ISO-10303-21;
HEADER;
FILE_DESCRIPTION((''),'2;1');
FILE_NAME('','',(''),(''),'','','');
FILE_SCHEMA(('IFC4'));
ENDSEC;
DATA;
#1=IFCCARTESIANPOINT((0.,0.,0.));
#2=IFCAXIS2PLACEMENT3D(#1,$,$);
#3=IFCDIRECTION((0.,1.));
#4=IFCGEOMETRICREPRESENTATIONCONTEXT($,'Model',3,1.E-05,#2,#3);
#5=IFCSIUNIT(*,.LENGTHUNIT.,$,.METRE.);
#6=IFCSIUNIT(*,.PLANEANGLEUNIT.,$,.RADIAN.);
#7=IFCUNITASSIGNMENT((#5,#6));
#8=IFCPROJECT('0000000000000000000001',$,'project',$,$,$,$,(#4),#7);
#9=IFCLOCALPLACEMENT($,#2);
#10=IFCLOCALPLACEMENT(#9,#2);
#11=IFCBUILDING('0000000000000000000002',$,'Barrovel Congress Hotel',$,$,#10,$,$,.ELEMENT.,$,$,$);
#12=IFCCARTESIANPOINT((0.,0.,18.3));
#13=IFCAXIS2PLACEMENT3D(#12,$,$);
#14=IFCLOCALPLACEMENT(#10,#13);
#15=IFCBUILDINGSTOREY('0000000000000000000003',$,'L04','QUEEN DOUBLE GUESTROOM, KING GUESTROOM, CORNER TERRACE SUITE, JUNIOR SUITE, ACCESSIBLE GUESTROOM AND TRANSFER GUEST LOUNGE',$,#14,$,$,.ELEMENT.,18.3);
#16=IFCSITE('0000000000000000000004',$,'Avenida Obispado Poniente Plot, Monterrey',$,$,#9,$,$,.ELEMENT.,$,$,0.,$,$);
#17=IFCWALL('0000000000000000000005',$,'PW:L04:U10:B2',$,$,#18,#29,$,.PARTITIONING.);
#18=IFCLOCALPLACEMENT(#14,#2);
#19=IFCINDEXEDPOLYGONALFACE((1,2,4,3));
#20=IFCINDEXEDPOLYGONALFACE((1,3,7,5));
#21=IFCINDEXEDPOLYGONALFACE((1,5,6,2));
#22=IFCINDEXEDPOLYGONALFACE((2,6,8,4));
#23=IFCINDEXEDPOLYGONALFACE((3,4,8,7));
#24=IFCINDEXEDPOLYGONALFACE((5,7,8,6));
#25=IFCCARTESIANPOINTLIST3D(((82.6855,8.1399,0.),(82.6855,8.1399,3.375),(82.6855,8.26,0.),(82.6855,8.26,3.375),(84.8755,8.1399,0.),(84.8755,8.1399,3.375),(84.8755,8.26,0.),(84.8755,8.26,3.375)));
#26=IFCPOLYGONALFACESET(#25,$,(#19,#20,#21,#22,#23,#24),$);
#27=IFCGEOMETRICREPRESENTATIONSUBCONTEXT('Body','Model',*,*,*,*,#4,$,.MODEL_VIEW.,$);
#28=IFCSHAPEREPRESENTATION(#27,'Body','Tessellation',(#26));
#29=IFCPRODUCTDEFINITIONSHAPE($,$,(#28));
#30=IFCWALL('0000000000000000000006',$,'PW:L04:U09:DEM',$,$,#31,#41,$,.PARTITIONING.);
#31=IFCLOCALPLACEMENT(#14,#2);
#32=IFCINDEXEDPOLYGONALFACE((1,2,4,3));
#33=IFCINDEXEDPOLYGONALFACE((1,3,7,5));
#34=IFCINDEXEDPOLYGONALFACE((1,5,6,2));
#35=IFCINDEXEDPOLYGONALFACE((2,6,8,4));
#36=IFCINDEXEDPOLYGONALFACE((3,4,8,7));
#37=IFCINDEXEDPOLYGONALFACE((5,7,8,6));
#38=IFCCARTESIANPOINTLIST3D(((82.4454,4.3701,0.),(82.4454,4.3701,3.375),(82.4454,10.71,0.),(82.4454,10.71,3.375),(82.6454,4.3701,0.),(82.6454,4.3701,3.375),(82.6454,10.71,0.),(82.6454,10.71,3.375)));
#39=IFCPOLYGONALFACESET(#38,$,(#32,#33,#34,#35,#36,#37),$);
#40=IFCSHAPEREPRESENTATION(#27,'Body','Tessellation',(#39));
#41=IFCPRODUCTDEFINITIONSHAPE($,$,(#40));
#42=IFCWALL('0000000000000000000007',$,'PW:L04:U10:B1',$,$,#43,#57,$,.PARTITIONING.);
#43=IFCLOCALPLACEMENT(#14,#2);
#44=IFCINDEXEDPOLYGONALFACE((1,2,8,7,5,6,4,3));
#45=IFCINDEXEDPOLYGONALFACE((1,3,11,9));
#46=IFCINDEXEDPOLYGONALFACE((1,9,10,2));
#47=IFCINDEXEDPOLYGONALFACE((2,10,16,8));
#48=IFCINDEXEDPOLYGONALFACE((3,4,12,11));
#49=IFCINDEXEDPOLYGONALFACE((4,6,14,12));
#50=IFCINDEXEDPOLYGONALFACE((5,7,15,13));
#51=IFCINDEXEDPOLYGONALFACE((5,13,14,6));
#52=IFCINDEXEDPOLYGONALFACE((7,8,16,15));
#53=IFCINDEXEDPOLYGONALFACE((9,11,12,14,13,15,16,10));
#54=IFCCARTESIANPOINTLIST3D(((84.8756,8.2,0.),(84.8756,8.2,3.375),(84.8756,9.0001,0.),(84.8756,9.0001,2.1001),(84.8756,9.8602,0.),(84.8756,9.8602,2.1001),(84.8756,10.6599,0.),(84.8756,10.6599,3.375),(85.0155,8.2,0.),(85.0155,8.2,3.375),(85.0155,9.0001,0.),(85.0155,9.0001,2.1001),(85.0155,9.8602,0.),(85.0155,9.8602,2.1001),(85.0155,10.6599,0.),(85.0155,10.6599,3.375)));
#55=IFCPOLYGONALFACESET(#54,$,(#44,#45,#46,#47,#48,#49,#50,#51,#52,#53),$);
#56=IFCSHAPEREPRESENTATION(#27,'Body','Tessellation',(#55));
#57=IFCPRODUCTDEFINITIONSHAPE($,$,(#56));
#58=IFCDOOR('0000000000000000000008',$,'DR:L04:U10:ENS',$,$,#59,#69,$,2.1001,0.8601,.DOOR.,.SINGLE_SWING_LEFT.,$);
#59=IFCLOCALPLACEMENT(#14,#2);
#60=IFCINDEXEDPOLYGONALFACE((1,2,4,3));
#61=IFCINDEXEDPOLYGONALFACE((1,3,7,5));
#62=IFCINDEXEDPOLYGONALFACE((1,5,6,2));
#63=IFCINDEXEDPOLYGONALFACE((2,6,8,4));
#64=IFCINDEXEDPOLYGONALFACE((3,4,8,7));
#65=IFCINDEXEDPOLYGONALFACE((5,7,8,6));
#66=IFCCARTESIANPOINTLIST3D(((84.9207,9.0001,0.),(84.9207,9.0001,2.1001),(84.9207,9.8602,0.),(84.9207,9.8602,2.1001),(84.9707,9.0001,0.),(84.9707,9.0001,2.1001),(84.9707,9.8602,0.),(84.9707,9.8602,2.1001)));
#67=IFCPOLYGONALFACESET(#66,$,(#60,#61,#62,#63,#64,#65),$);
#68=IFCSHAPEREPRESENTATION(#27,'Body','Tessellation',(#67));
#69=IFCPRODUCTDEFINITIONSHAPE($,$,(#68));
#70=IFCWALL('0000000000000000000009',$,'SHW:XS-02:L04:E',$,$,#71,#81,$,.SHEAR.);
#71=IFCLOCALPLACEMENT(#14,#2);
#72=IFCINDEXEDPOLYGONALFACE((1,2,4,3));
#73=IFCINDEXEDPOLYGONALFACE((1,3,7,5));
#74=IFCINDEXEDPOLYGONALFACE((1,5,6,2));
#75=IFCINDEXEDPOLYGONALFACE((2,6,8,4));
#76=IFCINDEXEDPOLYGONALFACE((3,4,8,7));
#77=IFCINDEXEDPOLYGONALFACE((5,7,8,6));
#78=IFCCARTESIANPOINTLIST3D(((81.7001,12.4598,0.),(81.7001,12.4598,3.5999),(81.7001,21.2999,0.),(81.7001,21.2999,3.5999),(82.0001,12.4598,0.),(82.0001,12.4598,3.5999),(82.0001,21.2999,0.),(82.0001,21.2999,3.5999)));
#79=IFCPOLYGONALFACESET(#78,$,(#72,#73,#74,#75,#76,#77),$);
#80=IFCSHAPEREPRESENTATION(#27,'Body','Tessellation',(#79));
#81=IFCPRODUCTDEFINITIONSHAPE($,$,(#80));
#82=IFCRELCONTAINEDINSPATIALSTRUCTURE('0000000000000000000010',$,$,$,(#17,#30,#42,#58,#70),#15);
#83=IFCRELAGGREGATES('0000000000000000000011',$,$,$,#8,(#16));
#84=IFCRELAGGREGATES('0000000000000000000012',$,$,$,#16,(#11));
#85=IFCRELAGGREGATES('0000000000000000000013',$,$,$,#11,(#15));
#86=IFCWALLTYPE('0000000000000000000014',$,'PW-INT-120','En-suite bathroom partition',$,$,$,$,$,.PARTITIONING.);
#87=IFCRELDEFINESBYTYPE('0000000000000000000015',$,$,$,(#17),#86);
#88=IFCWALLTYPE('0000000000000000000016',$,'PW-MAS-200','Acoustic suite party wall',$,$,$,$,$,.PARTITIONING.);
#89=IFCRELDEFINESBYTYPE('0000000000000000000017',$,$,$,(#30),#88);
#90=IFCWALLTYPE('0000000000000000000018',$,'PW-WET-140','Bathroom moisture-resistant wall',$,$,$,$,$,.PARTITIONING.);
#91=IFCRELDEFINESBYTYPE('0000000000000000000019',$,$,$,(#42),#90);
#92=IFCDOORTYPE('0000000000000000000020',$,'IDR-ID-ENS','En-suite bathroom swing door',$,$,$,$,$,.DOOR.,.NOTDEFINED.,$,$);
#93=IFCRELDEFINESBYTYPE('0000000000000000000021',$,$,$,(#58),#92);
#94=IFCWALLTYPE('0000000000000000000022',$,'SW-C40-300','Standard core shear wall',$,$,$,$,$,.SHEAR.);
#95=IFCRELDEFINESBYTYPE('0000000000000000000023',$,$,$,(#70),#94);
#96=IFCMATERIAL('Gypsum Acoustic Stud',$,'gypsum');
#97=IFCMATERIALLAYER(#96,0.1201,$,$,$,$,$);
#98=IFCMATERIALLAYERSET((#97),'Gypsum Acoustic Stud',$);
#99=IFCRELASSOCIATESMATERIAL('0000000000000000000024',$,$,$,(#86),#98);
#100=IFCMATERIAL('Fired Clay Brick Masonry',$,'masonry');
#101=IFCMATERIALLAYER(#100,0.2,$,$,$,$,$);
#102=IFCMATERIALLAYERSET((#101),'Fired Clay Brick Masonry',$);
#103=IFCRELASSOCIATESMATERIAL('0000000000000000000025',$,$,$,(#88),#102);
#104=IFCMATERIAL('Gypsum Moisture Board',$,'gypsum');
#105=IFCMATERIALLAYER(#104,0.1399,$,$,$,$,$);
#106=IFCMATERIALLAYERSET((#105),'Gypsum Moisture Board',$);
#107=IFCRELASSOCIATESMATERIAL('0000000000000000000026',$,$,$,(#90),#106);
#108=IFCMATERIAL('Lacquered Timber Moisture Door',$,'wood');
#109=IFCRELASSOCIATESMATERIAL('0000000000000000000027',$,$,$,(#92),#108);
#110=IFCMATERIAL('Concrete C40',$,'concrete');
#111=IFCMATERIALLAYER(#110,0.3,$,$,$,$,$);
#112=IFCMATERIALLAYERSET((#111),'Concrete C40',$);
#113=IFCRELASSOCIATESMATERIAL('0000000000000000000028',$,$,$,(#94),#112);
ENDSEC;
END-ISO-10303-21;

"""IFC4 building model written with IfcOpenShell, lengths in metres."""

from ifc_helpers import new_model, si_unit, direction, frame, frame_2d, origin, place, context, subcontext, project, spatial, rectangle, extrude, material, layer, layer_set, type_object, element, fill, save


model = new_model("IFC4")

# Units and contexts
model_context = context("Model", 3, precision=1e-05, world=origin(), true_north=direction((0.0, 1.0)))
body_context = subcontext(model_context, "Body", "Model", "MODEL_VIEW")
ifc_project = project(units=[si_unit("LENGTHUNIT", "METRE"), si_unit("PLANEANGLEUNIT", "RADIAN")], contexts=[model_context])

# Site, building, storey
site_placement = place(None, origin())
site = spatial("IfcSite", under=ifc_project, at=site_placement, Name="Avenida Obispado Poniente Plot, Monterrey", CompositionType="ELEMENT", RefElevation=0.0)
building_placement = place(site_placement, origin())
building = spatial("IfcBuilding", under=site, at=building_placement, Name="Barrovel Congress Hotel", CompositionType="ELEMENT")
storey_placement = place(building_placement, frame((0.0, 0.0, 18.3)))
storey = spatial("IfcBuildingStorey", under=building, at=storey_placement, Name="L04", Description="QUEEN DOUBLE GUESTROOM, KING GUESTROOM, CORNER TERRACE SUITE, JUNIOR SUITE, ACCESSIBLE GUESTROOM AND TRANSFER GUEST LOUNGE", CompositionType="ELEMENT", Elevation=18.3)

# Shared definitions
ifc_material_1 = material(Name="Concrete C40", Category="concrete")

# Shared definitions
ifc_material_2 = material(Name="Gypsum Acoustic Stud", Category="gypsum")

# Walls
ifc_layer_1 = layer(ifc_material_2, 0.1201)
ifc_layer_set_1 = layer_set([ifc_layer_1], Name="Gypsum Acoustic Stud")
wall_type_1 = type_object("IfcWallType", Name="PW-INT-120", Description="En-suite bathroom partition", PredefinedType="PARTITIONING", material=ifc_layer_set_1)
wall_1_placement = place(storey_placement, frame((82.6855, 8.2, 0.0), z_axis=(0.0, 0.0, 1.0), x_axis=(1.0, 0.0, 0.0)))
element("IfcWall", 1, at=wall_1_placement, inside=storey, type_object=wall_type_1, Name="PW:L04:U10:B2", PredefinedType="PARTITIONING", context=body_context, shape_type="SweptSolid", body=[
    extrude(rectangle(XDim=2.1899, YDim=0.1201, at=frame_2d((1.095, 0.0))), origin(), (0.0, 0.0, 1.0), 3.375),
])
ifc_material_3 = material(Name="Fired Clay Brick Masonry", Category="masonry")
ifc_layer_2 = layer(ifc_material_3, 0.2)
ifc_layer_set_2 = layer_set([ifc_layer_2], Name="Fired Clay Brick Masonry")
wall_type_2 = type_object("IfcWallType", Name="PW-MAS-200", Description="Acoustic suite party wall", PredefinedType="PARTITIONING", material=ifc_layer_set_2)
wall_2_placement = place(storey_placement, frame((82.5454, 4.3701, 0.0), z_axis=(0.0, 0.0, 1.0), x_axis=(0.0, 1.0, 0.0)))
element("IfcWall", 2, at=wall_2_placement, inside=storey, type_object=wall_type_2, Name="PW:L04:U09:DEM", PredefinedType="PARTITIONING", context=body_context, shape_type="SweptSolid", body=[
    extrude(rectangle(XDim=6.3398, YDim=0.2, at=frame_2d((3.1699, 0.0))), origin(), (0.0, 0.0, 1.0), 3.375),
])

# Wall, opening, door
ifc_material_4 = material(Name="Gypsum Moisture Board", Category="gypsum")
ifc_layer_3 = layer(ifc_material_4, 0.1399)
ifc_layer_set_3 = layer_set([ifc_layer_3], Name="Gypsum Moisture Board")
wall_type_3 = type_object("IfcWallType", Name="PW-WET-140", Description="Bathroom moisture-resistant wall", PredefinedType="PARTITIONING", material=ifc_layer_set_3)
wall_3_placement = place(storey_placement, frame((84.9456, 8.2, 0.0), z_axis=(0.0, 0.0, 1.0), x_axis=(0.0, 1.0, 0.0)))
wall_3 = element("IfcWall", 3, at=wall_3_placement, inside=storey, type_object=wall_type_3, Name="PW:L04:U10:B1", PredefinedType="PARTITIONING", context=body_context, shape_type="SweptSolid", body=[
    extrude(rectangle(XDim=2.46, YDim=0.1399, at=frame_2d((1.23, 0.0))), origin(), (0.0, 0.0, 1.0), 3.375),
])
opening_1_placement = place(wall_3_placement, frame((0.8, 0.0, 0.0)))
opening_1 = element("IfcOpeningElement", 4, at=opening_1_placement, cuts=wall_3, PredefinedType="OPENING", context=body_context, shape_type="SweptSolid", body=[
    extrude(rectangle(XDim=0.8601, YDim=2.1001, at=frame_2d((0.4302, 1.05))), frame((0.0, 0.0801, 0.0), z_axis=(0.0, -1.0, 0.0), x_axis=(1.0, 0.0, 0.0)), (0.0, 0.0, 1.0), 0.1599),
])
ifc_material_5 = material(Name="Lacquered Timber Moisture Door", Category="wood")
door_type_1 = type_object("IfcDoorType", Name="IDR-ID-ENS", Description="En-suite bathroom swing door", OperationType="NOTDEFINED", PredefinedType="DOOR", material=ifc_material_5)
door_1_placement = place(opening_1_placement, origin())
door_1 = element("IfcDoor", 5, at=door_1_placement, inside=storey, type_object=door_type_1, Name="DR:L04:U10:ENS", OperationType="SINGLE_SWING_LEFT", OverallHeight=2.1001, OverallWidth=0.8601, PredefinedType="DOOR", context=body_context, shape_type="SweptSolid", body=[
    extrude(rectangle(XDim=0.8601, YDim=2.1001, at=frame_2d((0.4302, 1.05))), frame((0.0, 0.0249, 0.0), z_axis=(0.0, -1.0, 0.0), x_axis=(1.0, 0.0, 0.0)), (0.0, 0.0, 1.0), 0.05),
])
fill(opening_1, door_1)

# Wall
ifc_layer_4 = layer(ifc_material_1, 0.3)
ifc_layer_set_4 = layer_set([ifc_layer_4], Name="Concrete C40")
wall_type_4 = type_object("IfcWallType", Name="SW-C40-300", Description="Standard core shear wall", PredefinedType="SHEAR", material=ifc_layer_set_4)
wall_4_placement = place(storey_placement, frame((81.8501, 12.46, 0.0), z_axis=(0.0, 0.0, 1.0), x_axis=(0.0, 1.0, 0.0)))
element("IfcWall", 6, at=wall_4_placement, inside=storey, type_object=wall_type_4, Name="SHW:XS-02:L04:E", PredefinedType="SHEAR", context=body_context, shape_type="SweptSolid", body=[
    extrude(rectangle(XDim=8.8401, YDim=0.3, at=frame_2d((4.4199, 0.0))), origin(), (0.0, 0.0, 1.0), 3.5999),
])

save(model, "model.ifc")
